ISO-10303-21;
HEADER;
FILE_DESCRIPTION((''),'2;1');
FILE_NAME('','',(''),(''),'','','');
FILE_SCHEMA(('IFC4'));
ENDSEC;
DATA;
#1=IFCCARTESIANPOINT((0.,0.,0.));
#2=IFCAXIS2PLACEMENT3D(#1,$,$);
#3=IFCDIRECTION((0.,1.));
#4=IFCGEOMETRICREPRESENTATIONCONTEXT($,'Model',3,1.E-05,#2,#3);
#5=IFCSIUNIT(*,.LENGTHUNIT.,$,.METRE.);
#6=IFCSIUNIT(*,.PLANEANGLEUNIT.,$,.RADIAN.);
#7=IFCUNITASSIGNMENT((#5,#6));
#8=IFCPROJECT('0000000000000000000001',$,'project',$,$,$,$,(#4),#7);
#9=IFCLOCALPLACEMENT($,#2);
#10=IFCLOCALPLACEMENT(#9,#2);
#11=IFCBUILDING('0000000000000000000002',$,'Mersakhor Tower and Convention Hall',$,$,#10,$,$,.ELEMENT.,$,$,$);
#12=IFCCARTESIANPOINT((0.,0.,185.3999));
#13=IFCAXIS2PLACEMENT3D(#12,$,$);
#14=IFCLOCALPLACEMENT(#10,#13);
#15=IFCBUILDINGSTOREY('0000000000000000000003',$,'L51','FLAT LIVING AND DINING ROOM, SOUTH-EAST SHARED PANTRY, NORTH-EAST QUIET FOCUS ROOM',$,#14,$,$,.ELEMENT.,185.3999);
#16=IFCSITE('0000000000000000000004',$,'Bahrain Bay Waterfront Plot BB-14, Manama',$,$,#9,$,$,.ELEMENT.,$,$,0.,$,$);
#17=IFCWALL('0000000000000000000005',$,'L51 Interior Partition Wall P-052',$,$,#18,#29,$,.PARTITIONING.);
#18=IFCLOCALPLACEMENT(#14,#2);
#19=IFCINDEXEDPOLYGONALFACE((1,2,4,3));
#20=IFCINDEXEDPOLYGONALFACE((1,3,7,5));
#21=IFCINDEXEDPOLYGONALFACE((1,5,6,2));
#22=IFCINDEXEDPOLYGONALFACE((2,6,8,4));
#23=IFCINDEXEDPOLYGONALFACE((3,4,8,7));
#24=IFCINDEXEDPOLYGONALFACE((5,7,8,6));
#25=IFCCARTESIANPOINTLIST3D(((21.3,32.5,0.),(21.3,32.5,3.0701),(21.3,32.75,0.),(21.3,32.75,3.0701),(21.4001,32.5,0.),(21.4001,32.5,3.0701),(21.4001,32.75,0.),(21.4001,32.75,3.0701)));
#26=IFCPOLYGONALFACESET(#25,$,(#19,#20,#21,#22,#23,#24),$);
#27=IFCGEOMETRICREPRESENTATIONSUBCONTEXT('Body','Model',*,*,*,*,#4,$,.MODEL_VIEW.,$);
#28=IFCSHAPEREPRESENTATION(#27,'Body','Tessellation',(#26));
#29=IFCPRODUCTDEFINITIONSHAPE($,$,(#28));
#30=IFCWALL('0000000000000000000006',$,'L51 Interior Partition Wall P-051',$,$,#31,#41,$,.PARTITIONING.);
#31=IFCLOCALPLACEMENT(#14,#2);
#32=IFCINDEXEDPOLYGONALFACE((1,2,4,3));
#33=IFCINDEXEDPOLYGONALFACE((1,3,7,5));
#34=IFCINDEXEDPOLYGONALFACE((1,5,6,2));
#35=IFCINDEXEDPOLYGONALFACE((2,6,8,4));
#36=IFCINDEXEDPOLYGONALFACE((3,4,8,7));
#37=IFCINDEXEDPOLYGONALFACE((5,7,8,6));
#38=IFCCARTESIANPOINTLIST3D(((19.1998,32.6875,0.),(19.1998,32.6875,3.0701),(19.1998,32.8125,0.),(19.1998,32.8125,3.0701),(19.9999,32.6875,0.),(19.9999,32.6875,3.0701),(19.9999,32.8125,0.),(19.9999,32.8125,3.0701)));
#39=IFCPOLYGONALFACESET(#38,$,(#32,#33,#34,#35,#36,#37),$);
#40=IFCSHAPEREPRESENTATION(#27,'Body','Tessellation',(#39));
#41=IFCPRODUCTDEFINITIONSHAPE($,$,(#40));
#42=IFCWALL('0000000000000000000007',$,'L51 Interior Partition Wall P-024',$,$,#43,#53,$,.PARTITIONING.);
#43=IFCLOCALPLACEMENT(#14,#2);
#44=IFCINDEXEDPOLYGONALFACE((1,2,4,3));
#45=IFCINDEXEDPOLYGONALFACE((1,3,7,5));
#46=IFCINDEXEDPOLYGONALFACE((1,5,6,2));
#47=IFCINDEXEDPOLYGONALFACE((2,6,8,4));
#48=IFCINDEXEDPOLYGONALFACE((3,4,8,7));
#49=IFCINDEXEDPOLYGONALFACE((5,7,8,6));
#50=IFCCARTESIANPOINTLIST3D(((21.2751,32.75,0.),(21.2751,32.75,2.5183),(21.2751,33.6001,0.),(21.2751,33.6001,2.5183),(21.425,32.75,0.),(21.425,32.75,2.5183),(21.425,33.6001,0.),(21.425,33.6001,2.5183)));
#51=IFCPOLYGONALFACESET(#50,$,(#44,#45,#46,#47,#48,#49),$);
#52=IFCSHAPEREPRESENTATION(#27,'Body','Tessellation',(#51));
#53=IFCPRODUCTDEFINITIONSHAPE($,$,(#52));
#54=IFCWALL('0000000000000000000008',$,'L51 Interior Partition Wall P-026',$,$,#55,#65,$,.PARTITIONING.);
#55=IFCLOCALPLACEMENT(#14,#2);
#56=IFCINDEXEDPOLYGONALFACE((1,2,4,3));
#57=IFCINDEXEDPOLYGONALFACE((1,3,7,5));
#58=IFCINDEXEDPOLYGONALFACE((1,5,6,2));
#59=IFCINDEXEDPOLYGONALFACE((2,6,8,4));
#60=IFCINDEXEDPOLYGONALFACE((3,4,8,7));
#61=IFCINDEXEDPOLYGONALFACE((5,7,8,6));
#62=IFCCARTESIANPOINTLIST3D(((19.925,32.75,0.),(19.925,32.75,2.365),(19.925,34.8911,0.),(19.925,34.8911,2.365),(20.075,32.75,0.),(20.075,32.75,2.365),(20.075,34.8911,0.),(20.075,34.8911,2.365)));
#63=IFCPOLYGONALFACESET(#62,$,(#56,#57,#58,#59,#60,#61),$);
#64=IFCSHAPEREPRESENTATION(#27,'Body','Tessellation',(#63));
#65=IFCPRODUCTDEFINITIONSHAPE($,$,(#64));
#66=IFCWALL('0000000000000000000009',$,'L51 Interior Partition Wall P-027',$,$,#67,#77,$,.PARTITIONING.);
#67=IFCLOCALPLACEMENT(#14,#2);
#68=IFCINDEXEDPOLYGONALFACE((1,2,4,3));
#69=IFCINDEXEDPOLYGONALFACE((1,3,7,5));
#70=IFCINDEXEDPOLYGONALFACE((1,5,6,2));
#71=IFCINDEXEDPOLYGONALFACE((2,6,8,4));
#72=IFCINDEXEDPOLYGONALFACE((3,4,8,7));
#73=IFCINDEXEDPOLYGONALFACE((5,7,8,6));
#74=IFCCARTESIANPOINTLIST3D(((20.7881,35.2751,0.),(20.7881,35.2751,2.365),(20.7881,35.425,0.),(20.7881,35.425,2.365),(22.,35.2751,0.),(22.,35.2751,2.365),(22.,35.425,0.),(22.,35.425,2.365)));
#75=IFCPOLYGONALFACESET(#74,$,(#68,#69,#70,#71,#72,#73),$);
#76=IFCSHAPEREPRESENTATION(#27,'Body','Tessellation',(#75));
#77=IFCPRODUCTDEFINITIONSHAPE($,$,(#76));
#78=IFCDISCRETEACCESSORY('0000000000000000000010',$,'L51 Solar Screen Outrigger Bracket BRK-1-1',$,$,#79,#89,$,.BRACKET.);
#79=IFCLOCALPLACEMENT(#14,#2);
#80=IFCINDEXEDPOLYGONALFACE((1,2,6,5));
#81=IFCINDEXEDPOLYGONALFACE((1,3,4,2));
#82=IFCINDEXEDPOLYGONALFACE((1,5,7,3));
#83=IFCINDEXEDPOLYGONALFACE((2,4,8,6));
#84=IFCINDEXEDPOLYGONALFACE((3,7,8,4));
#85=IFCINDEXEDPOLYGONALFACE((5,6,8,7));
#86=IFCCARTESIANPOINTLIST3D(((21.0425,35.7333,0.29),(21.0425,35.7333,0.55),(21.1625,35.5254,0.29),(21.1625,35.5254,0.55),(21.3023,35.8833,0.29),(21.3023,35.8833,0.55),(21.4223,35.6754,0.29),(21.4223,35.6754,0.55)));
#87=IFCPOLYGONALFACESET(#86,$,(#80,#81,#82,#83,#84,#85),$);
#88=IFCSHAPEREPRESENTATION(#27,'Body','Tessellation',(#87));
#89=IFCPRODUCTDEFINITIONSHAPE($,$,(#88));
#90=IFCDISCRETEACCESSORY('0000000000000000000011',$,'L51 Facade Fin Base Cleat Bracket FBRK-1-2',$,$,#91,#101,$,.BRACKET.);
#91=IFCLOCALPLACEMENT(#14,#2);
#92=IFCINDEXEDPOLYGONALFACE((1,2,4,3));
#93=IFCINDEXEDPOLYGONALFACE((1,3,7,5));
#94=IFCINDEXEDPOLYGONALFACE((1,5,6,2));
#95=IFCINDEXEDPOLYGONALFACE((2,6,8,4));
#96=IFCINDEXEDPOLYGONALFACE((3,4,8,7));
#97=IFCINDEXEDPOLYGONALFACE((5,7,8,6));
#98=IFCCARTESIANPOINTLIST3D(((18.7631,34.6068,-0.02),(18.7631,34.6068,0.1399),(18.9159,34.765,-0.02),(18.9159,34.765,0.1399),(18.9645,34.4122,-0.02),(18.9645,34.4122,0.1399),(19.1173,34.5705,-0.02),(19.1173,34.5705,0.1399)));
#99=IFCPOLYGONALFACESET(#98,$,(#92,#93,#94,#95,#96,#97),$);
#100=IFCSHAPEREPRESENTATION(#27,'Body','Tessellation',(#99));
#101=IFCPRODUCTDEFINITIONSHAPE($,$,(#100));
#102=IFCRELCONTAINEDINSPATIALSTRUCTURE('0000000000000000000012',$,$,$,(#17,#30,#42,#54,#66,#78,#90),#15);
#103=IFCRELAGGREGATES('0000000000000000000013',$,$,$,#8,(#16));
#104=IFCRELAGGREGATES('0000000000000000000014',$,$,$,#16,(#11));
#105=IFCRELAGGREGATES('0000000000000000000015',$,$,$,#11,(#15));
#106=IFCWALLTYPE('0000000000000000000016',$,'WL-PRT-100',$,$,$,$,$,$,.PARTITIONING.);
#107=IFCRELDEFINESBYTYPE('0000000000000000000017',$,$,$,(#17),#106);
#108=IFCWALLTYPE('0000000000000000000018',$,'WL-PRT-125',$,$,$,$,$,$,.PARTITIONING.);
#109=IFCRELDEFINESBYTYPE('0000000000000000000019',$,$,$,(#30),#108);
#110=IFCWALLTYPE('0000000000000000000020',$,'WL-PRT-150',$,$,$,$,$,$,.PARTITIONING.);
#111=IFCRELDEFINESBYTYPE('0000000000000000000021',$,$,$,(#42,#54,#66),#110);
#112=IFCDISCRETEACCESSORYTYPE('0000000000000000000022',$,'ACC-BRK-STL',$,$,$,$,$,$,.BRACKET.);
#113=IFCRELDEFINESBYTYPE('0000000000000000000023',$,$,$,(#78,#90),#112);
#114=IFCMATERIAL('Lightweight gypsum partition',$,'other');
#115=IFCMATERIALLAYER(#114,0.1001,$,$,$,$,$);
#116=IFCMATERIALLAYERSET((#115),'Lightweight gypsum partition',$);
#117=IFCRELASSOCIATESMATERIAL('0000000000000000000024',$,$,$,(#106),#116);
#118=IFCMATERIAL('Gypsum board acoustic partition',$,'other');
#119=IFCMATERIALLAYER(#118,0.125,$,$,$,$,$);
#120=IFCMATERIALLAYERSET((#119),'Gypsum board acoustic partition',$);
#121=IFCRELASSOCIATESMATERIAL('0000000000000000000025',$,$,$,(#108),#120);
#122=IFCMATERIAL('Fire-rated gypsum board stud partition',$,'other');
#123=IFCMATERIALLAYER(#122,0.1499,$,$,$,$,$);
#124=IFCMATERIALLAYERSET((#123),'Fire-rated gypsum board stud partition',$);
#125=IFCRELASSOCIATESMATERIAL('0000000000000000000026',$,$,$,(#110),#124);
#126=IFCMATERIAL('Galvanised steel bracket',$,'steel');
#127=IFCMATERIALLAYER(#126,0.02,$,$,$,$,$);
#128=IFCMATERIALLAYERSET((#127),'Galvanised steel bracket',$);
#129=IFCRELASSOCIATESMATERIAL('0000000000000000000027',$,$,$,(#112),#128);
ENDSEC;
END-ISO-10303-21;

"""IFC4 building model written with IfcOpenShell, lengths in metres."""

from ifc_helpers import new_model, si_unit, direction, frame, frame_2d, origin, origin_2d, place, context, subcontext, project, spatial, rectangle, extrude, material, layer, layer_set, type_object, element, save


model = new_model("IFC4")

# Units and contexts
model_context = context("Model", 3, precision=1e-05, world=origin(), true_north=direction((0.0, 1.0)))
body_context = subcontext(model_context, "Body", "Model", "MODEL_VIEW")
ifc_project = project(units=[si_unit("LENGTHUNIT", "METRE"), si_unit("PLANEANGLEUNIT", "RADIAN")], contexts=[model_context])

# Site, building, storey
site_placement = place(None, origin())
site = spatial("IfcSite", under=ifc_project, at=site_placement, Name="Bahrain Bay Waterfront Plot BB-14, Manama", CompositionType="ELEMENT", RefElevation=0.0)
building_placement = place(site_placement, origin())
building = spatial("IfcBuilding", under=site, at=building_placement, Name="Mersakhor Tower and Convention Hall", CompositionType="ELEMENT")
storey_placement = place(building_placement, frame((0.0, 0.0, 185.3999)))
storey = spatial("IfcBuildingStorey", under=building, at=storey_placement, Name="L51", Description="FLAT LIVING AND DINING ROOM, SOUTH-EAST SHARED PANTRY, NORTH-EAST QUIET FOCUS ROOM", CompositionType="ELEMENT", Elevation=185.3999)

# Walls
ifc_material_1 = material(Name="Lightweight gypsum partition", Category="other")
ifc_layer_1 = layer(ifc_material_1, 0.1001)
ifc_layer_set_1 = layer_set([ifc_layer_1], Name="Lightweight gypsum partition")
wall_type_1 = type_object("IfcWallType", Name="WL-PRT-100", PredefinedType="PARTITIONING", material=ifc_layer_set_1)
wall_1_placement = place(storey_placement, frame((21.3501, 32.75, 0.0), z_axis=(0.0, 0.0, 1.0), x_axis=(0.0, -1.0, 0.0)))
element("IfcWall", 1, at=wall_1_placement, inside=storey, type_object=wall_type_1, Name="L51 Interior Partition Wall P-052", PredefinedType="PARTITIONING", context=body_context, shape_type="SweptSolid", body=[
    extrude(rectangle(XDim=0.25, YDim=0.1001, at=frame_2d((0.125, 0.0))), origin(), (0.0, 0.0, 1.0), 3.0701),
])
ifc_material_2 = material(Name="Gypsum board acoustic partition", Category="other")
ifc_layer_2 = layer(ifc_material_2, 0.125)
ifc_layer_set_2 = layer_set([ifc_layer_2], Name="Gypsum board acoustic partition")
wall_type_2 = type_object("IfcWallType", Name="WL-PRT-125", PredefinedType="PARTITIONING", material=ifc_layer_set_2)
wall_2_placement = place(storey_placement, frame((19.2, 32.75, 0.0), z_axis=(0.0, 0.0, 1.0), x_axis=(1.0, 0.0, 0.0)))
element("IfcWall", 2, at=wall_2_placement, inside=storey, type_object=wall_type_2, Name="L51 Interior Partition Wall P-051", PredefinedType="PARTITIONING", context=body_context, shape_type="SweptSolid", body=[
    extrude(rectangle(XDim=0.8, YDim=0.125, at=frame_2d((0.3999, 0.0))), origin(), (0.0, 0.0, 1.0), 3.0701),
])
ifc_material_3 = material(Name="Fire-rated gypsum board stud partition", Category="other")
ifc_layer_3 = layer(ifc_material_3, 0.1499)
ifc_layer_set_3 = layer_set([ifc_layer_3], Name="Fire-rated gypsum board stud partition")
wall_type_3 = type_object("IfcWallType", Name="WL-PRT-150", PredefinedType="PARTITIONING", material=ifc_layer_set_3)
wall_3_placement = place(storey_placement, frame((21.3501, 33.6001, 0.0), z_axis=(0.0, 0.0, 1.0), x_axis=(0.0, -1.0, 0.0)))
element("IfcWall", 3, at=wall_3_placement, inside=storey, type_object=wall_type_3, Name="L51 Interior Partition Wall P-024", PredefinedType="PARTITIONING", context=body_context, shape_type="SweptSolid", body=[
    extrude(rectangle(XDim=0.8501, YDim=0.1499, at=frame_2d((0.425, 0.0))), origin(), (0.0, 0.0, 1.0), 2.5183),
])

# Walls
wall_4_placement = place(storey_placement, frame((20.0, 32.75, 0.0), z_axis=(0.0, 0.0, 1.0), x_axis=(0.0, 1.0, 0.0)))
element("IfcWall", 4, at=wall_4_placement, inside=storey, type_object=wall_type_3, Name="L51 Interior Partition Wall P-026", PredefinedType="PARTITIONING", context=body_context, shape_type="SweptSolid", body=[
    extrude(rectangle(XDim=2.1411, YDim=0.1499, at=frame_2d((1.0706, 0.0))), origin(), (0.0, 0.0, 1.0), 2.365),
])
wall_5_placement = place(storey_placement, frame((20.7881, 35.3501, 0.0), z_axis=(0.0, 0.0, 1.0), x_axis=(1.0, 0.0, 0.0)))
element("IfcWall", 5, at=wall_5_placement, inside=storey, type_object=wall_type_3, Name="L51 Interior Partition Wall P-027", PredefinedType="PARTITIONING", context=body_context, shape_type="SweptSolid", body=[
    extrude(rectangle(XDim=1.2119, YDim=0.1499, at=frame_2d((0.606, 0.0))), origin(), (0.0, 0.0, 1.0), 2.365),
])

# Discrete accessories
ifc_material_4 = material(Name="Galvanised steel bracket", Category="steel")
ifc_layer_4 = layer(ifc_material_4, 0.02)
ifc_layer_set_4 = layer_set([ifc_layer_4], Name="Galvanised steel bracket")
discrete_accessory_type = type_object("IfcDiscreteAccessoryType", Name="ACC-BRK-STL", PredefinedType="BRACKET", material=ifc_layer_set_4)
discrete_accessory_1_placement = place(storey_placement, frame((21.2324, 35.7043, 0.29), z_axis=(0.0, 0.0, 1.0), x_axis=(0.866025, 0.5, 0.0)))
element("IfcDiscreteAccessory", 6, at=discrete_accessory_1_placement, inside=storey, type_object=discrete_accessory_type, Name="L51 Solar Screen Outrigger Bracket BRK-1-1", PredefinedType="BRACKET", context=body_context, shape_type="SweptSolid", body=[
    extrude(rectangle(XDim=0.3, YDim=0.24, at=origin_2d()), origin(), (0.0, 0.0, 1.0), 0.26),
])
discrete_accessory_2_placement = place(storey_placement, frame((18.9402, 34.5886, -0.02), z_axis=(0.0, 0.0, 1.0), x_axis=(-0.71934, 0.694658, 0.0)))
element("IfcDiscreteAccessory", 7, at=discrete_accessory_2_placement, inside=storey, type_object=discrete_accessory_type, Name="L51 Facade Fin Base Cleat Bracket FBRK-1-2", PredefinedType="BRACKET", context=body_context, shape_type="SweptSolid", body=[
    extrude(rectangle(XDim=0.28, YDim=0.22, at=origin_2d()), origin(), (0.0, 0.0, 1.0), 0.1599),
])

save(model, "model.ifc")
